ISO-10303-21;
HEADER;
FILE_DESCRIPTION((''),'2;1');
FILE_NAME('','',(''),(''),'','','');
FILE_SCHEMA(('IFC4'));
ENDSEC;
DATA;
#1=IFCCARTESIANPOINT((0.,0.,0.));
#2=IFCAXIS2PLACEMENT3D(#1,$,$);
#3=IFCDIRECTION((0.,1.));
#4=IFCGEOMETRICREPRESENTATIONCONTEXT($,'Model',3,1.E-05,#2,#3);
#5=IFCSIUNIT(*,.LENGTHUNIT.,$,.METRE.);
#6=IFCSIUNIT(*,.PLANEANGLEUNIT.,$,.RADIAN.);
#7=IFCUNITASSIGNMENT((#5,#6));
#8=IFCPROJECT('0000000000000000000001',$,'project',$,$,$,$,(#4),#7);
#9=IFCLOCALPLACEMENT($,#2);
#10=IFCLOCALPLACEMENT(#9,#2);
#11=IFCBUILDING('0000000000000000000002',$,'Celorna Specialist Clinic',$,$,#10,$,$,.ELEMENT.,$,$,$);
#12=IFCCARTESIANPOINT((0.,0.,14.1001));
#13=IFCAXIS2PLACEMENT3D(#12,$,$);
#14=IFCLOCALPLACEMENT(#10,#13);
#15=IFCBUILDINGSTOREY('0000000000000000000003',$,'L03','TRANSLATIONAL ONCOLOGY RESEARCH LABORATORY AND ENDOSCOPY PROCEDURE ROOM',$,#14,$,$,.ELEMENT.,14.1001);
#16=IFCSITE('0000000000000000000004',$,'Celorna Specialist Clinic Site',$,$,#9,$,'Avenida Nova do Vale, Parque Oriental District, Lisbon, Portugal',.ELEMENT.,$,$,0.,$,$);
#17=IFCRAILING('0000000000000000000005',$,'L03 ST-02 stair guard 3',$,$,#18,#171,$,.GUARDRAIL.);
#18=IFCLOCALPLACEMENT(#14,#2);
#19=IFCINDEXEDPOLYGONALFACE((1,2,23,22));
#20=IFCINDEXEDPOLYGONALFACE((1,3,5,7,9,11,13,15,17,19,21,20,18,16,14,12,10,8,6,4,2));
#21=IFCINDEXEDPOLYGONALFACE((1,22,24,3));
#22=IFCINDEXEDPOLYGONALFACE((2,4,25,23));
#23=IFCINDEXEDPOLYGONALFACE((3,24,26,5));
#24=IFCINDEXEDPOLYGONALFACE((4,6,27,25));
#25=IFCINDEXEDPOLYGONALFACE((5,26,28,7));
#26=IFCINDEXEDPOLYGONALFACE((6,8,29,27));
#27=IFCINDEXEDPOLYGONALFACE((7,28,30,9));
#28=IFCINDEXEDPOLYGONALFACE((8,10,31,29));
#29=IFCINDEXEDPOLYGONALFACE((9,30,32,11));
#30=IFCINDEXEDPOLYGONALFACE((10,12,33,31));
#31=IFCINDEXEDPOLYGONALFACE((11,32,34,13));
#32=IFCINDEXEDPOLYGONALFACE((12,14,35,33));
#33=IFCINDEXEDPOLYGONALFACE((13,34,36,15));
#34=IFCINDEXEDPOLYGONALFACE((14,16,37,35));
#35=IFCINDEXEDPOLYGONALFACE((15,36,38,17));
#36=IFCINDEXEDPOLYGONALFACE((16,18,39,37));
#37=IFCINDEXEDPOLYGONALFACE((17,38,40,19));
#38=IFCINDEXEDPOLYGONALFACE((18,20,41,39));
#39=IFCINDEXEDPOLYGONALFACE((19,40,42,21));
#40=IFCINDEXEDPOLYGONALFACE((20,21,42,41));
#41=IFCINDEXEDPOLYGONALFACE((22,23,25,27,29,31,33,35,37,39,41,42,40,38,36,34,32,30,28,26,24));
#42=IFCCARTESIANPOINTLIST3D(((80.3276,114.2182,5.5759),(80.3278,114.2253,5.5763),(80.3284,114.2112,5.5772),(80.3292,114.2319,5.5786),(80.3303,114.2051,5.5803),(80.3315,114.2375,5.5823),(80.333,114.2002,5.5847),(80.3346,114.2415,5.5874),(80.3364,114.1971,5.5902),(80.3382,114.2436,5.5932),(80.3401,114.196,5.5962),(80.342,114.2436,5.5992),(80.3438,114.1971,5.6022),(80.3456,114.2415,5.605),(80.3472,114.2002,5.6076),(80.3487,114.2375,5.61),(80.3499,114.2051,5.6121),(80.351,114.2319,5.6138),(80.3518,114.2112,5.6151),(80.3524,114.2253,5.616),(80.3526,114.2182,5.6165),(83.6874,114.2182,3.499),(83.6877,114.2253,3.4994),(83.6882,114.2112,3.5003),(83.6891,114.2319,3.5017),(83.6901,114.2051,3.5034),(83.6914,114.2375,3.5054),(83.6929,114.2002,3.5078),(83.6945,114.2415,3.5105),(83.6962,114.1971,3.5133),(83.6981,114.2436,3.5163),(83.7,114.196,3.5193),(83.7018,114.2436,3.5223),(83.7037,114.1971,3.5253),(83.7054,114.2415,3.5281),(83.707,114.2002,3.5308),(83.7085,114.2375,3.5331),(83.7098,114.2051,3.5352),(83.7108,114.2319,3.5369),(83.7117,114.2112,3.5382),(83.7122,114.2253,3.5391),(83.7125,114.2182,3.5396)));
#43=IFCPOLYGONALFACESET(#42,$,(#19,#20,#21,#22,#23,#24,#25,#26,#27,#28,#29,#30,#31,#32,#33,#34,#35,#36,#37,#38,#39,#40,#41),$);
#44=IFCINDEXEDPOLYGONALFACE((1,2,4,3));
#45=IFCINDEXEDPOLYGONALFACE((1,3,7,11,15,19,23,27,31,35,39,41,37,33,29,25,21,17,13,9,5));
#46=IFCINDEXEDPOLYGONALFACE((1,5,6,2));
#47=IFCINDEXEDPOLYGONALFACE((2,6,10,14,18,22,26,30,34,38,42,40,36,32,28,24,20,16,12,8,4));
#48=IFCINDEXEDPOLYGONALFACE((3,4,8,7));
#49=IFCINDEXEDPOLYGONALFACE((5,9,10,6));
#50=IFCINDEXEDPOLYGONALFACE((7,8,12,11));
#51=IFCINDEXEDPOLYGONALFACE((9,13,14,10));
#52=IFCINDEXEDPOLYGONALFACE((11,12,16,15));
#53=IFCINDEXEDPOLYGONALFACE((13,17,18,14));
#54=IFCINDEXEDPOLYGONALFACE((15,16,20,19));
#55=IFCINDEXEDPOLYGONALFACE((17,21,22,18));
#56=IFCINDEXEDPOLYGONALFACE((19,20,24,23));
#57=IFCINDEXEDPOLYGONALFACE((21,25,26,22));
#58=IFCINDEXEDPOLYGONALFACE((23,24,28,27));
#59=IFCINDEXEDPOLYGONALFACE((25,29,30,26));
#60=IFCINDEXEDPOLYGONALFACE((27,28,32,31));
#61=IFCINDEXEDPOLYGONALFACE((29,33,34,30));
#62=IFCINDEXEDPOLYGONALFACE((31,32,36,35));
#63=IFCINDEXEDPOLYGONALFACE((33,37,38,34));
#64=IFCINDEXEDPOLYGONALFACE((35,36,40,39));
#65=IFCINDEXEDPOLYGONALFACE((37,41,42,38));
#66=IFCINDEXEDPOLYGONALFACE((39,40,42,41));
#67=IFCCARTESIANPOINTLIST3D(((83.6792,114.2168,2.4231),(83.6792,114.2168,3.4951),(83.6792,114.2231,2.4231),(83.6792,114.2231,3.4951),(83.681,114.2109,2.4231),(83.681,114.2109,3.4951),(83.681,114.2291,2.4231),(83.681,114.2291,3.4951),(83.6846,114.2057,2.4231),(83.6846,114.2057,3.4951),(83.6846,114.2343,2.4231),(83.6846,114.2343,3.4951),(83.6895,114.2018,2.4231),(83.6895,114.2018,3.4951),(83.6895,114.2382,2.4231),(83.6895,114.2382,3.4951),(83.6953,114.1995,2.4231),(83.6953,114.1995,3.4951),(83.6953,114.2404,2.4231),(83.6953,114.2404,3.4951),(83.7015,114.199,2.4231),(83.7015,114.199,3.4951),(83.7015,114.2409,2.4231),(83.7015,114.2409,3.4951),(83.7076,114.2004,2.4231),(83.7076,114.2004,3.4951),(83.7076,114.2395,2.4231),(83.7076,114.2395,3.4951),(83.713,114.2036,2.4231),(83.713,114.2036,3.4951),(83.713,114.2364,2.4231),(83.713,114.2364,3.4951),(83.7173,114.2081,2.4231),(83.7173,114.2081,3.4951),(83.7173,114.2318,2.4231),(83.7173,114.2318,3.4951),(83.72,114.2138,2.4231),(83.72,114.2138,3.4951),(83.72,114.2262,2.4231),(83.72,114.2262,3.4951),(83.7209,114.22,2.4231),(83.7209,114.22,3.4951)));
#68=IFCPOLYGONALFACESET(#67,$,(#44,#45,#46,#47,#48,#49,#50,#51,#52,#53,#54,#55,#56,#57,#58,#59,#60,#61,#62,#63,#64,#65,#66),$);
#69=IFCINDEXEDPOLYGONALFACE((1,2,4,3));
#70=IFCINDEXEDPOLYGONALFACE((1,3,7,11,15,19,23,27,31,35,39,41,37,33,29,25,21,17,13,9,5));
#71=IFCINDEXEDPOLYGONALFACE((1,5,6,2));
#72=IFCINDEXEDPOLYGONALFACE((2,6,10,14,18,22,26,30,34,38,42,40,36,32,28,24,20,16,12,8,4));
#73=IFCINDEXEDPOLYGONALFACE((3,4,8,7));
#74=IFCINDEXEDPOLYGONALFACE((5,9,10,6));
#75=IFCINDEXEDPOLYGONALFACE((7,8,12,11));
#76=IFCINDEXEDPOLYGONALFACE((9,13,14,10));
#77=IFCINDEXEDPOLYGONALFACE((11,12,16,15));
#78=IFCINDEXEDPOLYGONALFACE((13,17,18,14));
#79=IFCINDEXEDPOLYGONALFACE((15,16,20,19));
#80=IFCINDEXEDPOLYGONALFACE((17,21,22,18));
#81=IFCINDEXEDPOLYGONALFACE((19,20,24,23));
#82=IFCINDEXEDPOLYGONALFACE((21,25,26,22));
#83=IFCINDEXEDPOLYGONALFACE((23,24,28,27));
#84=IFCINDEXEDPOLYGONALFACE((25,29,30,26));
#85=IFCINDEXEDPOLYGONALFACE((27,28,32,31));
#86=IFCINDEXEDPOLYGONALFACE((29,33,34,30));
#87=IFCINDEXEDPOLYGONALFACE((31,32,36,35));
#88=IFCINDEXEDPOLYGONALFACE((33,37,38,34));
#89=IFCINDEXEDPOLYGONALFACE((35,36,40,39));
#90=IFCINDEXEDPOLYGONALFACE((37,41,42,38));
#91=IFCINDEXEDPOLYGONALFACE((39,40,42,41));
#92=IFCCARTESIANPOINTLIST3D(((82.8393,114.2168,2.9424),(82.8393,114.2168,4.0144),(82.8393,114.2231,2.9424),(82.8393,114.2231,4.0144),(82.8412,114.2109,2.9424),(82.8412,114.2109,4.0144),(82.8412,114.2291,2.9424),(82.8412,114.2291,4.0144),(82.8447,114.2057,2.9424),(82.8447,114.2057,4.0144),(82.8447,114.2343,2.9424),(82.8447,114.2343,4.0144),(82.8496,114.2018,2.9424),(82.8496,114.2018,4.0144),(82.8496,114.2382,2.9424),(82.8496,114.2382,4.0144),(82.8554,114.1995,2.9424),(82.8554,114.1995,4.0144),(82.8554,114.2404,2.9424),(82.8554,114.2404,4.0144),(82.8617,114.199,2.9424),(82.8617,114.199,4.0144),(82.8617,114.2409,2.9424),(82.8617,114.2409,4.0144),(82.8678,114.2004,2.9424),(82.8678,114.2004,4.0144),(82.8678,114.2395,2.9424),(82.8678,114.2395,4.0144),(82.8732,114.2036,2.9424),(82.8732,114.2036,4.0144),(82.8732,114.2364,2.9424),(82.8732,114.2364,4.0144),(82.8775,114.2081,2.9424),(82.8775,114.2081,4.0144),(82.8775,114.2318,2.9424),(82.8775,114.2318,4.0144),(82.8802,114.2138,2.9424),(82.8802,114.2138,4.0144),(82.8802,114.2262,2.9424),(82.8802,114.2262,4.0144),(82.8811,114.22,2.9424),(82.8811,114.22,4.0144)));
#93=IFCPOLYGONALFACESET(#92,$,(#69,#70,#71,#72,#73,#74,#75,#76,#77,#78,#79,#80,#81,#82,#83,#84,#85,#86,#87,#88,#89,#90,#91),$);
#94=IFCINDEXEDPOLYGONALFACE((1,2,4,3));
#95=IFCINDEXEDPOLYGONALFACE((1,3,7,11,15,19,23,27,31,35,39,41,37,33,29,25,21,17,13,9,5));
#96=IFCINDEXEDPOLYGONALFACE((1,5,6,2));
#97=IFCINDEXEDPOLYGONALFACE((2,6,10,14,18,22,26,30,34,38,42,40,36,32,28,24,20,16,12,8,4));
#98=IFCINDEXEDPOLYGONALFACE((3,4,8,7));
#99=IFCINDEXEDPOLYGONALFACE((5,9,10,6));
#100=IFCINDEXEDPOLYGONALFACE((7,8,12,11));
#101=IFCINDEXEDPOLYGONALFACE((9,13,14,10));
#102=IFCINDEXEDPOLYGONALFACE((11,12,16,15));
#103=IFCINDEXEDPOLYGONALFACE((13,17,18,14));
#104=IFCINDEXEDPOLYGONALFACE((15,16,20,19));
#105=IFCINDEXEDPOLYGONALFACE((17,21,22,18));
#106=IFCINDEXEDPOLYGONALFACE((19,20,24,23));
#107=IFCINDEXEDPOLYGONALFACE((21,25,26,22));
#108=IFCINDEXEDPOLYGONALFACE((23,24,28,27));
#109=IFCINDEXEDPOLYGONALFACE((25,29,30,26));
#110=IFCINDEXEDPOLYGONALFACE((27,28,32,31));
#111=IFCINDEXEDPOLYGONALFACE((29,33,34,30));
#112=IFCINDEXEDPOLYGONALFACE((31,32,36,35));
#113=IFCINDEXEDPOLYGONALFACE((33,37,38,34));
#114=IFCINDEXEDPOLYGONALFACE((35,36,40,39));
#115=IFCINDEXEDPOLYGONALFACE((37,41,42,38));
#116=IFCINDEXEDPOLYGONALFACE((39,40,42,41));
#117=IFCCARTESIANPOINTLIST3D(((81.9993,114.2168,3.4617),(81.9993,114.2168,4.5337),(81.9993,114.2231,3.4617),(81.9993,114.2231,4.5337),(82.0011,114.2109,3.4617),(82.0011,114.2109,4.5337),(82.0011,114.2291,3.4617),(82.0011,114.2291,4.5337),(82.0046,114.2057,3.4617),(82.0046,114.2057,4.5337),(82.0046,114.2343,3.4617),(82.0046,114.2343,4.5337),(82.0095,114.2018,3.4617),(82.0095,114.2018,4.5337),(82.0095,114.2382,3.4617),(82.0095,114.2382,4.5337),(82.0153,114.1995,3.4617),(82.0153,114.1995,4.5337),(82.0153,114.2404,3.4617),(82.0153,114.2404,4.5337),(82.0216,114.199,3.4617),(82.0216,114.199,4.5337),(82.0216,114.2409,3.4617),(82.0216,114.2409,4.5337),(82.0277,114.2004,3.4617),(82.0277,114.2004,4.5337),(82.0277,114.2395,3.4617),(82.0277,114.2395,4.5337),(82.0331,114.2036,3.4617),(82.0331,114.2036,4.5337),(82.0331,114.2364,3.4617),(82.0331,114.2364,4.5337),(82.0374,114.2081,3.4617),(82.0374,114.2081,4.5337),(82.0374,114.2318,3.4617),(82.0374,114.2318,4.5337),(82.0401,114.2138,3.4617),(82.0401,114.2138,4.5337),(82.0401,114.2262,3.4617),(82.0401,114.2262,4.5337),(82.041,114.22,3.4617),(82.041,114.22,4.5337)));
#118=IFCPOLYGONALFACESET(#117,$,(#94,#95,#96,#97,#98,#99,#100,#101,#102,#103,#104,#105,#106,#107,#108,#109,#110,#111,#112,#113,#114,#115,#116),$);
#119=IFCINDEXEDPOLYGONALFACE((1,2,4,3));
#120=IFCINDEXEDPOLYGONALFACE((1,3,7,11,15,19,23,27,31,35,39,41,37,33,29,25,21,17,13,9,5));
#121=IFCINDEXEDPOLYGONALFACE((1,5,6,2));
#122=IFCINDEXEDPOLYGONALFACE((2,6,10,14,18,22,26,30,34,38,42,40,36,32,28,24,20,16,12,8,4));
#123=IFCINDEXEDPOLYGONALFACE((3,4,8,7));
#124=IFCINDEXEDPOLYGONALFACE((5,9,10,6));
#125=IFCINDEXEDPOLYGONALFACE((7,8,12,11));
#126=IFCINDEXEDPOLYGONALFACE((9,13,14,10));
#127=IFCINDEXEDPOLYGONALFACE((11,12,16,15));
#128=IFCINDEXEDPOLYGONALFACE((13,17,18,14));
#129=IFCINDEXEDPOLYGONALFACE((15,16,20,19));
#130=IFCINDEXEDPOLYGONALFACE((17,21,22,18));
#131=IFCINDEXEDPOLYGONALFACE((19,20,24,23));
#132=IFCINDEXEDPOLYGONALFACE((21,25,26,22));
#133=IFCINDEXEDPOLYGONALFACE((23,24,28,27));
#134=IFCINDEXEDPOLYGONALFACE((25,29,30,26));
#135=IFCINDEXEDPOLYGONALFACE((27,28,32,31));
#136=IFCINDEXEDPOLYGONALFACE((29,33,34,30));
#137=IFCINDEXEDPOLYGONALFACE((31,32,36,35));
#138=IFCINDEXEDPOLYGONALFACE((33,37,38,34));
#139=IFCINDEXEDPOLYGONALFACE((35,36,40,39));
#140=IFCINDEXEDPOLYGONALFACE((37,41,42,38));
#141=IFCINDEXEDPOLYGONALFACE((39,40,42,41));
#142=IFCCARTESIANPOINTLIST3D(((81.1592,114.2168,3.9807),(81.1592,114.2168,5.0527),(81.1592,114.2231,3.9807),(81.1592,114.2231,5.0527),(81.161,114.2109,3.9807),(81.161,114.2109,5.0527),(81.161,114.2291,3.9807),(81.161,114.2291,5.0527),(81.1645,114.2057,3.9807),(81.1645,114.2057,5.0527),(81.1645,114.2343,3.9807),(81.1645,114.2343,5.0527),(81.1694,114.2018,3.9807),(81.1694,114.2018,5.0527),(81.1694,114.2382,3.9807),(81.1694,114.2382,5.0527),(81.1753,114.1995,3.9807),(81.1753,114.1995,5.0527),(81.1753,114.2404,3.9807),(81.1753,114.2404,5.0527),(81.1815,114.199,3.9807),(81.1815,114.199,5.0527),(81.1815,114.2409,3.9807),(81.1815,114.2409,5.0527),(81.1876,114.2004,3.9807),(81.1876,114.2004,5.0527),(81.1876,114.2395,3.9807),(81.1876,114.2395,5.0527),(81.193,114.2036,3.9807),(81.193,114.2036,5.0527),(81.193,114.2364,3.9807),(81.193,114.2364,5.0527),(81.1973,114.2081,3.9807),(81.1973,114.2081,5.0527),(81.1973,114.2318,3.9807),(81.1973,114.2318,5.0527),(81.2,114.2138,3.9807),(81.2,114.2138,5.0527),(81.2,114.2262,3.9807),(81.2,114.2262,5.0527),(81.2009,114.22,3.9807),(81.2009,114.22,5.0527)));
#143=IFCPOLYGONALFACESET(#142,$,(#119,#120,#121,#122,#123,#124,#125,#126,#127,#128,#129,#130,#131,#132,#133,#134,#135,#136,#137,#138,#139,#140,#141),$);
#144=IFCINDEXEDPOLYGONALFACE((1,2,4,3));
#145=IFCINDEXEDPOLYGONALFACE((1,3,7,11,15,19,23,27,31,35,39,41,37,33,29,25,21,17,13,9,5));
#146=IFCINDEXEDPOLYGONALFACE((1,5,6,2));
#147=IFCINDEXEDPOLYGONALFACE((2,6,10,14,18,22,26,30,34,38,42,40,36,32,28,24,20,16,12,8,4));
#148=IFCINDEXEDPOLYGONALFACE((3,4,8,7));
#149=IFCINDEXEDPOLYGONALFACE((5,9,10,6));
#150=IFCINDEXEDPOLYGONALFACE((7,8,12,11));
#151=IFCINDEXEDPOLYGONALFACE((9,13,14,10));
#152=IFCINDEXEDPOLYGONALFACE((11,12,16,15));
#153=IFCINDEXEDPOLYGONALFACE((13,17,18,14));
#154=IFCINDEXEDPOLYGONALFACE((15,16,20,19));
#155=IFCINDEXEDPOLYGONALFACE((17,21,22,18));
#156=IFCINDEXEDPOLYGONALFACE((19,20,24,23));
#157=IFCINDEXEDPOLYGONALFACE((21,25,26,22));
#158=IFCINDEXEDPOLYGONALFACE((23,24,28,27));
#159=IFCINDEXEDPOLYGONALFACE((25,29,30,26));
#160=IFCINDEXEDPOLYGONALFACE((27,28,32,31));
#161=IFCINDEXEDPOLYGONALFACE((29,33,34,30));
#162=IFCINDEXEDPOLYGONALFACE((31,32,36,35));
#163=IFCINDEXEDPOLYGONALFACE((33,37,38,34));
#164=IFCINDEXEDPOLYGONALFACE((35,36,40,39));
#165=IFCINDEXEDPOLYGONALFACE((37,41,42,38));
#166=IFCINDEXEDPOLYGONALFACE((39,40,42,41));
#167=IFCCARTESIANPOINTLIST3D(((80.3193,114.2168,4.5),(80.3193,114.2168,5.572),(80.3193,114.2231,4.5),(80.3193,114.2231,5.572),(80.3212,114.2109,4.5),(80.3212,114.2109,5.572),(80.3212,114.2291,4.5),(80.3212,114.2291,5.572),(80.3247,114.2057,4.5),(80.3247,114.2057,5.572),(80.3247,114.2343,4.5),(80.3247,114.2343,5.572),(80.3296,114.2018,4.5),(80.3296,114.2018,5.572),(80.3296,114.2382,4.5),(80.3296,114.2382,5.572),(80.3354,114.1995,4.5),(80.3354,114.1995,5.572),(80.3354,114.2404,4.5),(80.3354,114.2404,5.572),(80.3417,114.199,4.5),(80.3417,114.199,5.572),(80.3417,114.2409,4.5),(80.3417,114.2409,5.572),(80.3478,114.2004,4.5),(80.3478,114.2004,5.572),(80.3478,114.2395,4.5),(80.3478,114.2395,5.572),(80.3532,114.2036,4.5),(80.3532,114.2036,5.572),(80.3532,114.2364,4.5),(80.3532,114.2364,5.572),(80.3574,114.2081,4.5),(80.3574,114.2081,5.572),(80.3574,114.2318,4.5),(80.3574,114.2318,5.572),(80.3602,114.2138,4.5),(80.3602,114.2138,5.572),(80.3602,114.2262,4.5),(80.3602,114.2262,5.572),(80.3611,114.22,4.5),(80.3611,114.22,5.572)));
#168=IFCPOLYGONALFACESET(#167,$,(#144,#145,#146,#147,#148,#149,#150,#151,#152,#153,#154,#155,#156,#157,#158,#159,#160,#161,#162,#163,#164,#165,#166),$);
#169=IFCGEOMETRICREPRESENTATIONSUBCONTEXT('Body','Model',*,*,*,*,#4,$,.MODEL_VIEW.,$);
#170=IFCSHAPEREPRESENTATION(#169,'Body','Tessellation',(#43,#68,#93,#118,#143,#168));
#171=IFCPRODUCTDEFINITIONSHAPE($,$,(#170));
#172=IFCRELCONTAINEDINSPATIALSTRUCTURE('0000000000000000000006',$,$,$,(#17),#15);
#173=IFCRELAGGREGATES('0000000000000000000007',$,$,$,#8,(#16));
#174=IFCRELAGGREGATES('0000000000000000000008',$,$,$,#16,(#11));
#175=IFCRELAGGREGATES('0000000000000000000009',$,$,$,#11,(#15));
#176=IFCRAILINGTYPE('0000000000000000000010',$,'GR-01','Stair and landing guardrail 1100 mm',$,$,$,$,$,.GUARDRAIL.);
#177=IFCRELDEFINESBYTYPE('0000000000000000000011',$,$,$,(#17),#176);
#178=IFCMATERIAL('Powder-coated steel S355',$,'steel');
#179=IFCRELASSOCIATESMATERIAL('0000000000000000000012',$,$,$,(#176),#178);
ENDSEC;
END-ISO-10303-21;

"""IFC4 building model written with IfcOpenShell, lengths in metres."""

from ifc_helpers import new_model, si_unit, direction, frame, origin, origin_2d, place, context, subcontext, project, spatial, circle, extrude, material, type_object, element, save


model = new_model("IFC4")

# Units and contexts
model_context = context("Model", 3, precision=1e-05, world=origin(), true_north=direction((0.0, 1.0)))
body_context = subcontext(model_context, "Body", "Model", "MODEL_VIEW")
ifc_project = project(units=[si_unit("LENGTHUNIT", "METRE"), si_unit("PLANEANGLEUNIT", "RADIAN")], contexts=[model_context])

# Site, building, storey
site_placement = place(None, origin())
site = spatial("IfcSite", under=ifc_project, at=site_placement, Name="Celorna Specialist Clinic Site", LongName="Avenida Nova do Vale, Parque Oriental District, Lisbon, Portugal", CompositionType="ELEMENT", RefElevation=0.0)
building_placement = place(site_placement, origin())
building = spatial("IfcBuilding", under=site, at=building_placement, Name="Celorna Specialist Clinic", CompositionType="ELEMENT")
storey_placement = place(building_placement, frame((0.0, 0.0, 14.1001)))
storey = spatial("IfcBuildingStorey", under=building, at=storey_placement, Name="L03", Description="TRANSLATIONAL ONCOLOGY RESEARCH LABORATORY AND ENDOSCOPY PROCEDURE ROOM", CompositionType="ELEMENT", Elevation=14.1001)

# Railing
ifc_material_1 = material(Name="Powder-coated steel S355", Category="steel")
railing_type_1 = type_object("IfcRailingType", Name="GR-01", Description="Stair and landing guardrail 1100 mm", PredefinedType="GUARDRAIL", material=ifc_material_1)
railing_1_placement = place(storey_placement, frame((83.7, 114.22, 2.4231)))
element("IfcRailing", 1, at=railing_1_placement, inside=storey, type_object=railing_type_1, Name="L03 ST-02 stair guard 3", PredefinedType="GUARDRAIL", context=body_context, shape_type="SweptSolid", body=[
    extrude(circle(Radius=0.0239, at=origin_2d()), frame((0.0, 0.0, 1.0962), z_axis=(-0.850606, 0.0, 0.525803), x_axis=(0.0, -1.0, 0.0)), (0.0, 0.0, 1.0), 3.95),
    extrude(circle(Radius=0.021, at=origin_2d()), origin(), (0.0, 0.0, 1.0), 1.072),
    extrude(circle(Radius=0.021, at=origin_2d()), frame((-0.8398, 0.0, 0.5193)), (0.0, 0.0, 1.0), 1.072),
    extrude(circle(Radius=0.021, at=origin_2d()), frame((-1.6799, 0.0, 1.0386)), (0.0, 0.0, 1.0), 1.072),
    extrude(circle(Radius=0.021, at=origin_2d()), frame((-2.52, 0.0, 1.5576)), (0.0, 0.0, 1.0), 1.072),
    extrude(circle(Radius=0.021, at=origin_2d()), frame((-3.3599, 0.0, 2.0769)), (0.0, 0.0, 1.0), 1.072),
])

save(model, "model.ifc")
